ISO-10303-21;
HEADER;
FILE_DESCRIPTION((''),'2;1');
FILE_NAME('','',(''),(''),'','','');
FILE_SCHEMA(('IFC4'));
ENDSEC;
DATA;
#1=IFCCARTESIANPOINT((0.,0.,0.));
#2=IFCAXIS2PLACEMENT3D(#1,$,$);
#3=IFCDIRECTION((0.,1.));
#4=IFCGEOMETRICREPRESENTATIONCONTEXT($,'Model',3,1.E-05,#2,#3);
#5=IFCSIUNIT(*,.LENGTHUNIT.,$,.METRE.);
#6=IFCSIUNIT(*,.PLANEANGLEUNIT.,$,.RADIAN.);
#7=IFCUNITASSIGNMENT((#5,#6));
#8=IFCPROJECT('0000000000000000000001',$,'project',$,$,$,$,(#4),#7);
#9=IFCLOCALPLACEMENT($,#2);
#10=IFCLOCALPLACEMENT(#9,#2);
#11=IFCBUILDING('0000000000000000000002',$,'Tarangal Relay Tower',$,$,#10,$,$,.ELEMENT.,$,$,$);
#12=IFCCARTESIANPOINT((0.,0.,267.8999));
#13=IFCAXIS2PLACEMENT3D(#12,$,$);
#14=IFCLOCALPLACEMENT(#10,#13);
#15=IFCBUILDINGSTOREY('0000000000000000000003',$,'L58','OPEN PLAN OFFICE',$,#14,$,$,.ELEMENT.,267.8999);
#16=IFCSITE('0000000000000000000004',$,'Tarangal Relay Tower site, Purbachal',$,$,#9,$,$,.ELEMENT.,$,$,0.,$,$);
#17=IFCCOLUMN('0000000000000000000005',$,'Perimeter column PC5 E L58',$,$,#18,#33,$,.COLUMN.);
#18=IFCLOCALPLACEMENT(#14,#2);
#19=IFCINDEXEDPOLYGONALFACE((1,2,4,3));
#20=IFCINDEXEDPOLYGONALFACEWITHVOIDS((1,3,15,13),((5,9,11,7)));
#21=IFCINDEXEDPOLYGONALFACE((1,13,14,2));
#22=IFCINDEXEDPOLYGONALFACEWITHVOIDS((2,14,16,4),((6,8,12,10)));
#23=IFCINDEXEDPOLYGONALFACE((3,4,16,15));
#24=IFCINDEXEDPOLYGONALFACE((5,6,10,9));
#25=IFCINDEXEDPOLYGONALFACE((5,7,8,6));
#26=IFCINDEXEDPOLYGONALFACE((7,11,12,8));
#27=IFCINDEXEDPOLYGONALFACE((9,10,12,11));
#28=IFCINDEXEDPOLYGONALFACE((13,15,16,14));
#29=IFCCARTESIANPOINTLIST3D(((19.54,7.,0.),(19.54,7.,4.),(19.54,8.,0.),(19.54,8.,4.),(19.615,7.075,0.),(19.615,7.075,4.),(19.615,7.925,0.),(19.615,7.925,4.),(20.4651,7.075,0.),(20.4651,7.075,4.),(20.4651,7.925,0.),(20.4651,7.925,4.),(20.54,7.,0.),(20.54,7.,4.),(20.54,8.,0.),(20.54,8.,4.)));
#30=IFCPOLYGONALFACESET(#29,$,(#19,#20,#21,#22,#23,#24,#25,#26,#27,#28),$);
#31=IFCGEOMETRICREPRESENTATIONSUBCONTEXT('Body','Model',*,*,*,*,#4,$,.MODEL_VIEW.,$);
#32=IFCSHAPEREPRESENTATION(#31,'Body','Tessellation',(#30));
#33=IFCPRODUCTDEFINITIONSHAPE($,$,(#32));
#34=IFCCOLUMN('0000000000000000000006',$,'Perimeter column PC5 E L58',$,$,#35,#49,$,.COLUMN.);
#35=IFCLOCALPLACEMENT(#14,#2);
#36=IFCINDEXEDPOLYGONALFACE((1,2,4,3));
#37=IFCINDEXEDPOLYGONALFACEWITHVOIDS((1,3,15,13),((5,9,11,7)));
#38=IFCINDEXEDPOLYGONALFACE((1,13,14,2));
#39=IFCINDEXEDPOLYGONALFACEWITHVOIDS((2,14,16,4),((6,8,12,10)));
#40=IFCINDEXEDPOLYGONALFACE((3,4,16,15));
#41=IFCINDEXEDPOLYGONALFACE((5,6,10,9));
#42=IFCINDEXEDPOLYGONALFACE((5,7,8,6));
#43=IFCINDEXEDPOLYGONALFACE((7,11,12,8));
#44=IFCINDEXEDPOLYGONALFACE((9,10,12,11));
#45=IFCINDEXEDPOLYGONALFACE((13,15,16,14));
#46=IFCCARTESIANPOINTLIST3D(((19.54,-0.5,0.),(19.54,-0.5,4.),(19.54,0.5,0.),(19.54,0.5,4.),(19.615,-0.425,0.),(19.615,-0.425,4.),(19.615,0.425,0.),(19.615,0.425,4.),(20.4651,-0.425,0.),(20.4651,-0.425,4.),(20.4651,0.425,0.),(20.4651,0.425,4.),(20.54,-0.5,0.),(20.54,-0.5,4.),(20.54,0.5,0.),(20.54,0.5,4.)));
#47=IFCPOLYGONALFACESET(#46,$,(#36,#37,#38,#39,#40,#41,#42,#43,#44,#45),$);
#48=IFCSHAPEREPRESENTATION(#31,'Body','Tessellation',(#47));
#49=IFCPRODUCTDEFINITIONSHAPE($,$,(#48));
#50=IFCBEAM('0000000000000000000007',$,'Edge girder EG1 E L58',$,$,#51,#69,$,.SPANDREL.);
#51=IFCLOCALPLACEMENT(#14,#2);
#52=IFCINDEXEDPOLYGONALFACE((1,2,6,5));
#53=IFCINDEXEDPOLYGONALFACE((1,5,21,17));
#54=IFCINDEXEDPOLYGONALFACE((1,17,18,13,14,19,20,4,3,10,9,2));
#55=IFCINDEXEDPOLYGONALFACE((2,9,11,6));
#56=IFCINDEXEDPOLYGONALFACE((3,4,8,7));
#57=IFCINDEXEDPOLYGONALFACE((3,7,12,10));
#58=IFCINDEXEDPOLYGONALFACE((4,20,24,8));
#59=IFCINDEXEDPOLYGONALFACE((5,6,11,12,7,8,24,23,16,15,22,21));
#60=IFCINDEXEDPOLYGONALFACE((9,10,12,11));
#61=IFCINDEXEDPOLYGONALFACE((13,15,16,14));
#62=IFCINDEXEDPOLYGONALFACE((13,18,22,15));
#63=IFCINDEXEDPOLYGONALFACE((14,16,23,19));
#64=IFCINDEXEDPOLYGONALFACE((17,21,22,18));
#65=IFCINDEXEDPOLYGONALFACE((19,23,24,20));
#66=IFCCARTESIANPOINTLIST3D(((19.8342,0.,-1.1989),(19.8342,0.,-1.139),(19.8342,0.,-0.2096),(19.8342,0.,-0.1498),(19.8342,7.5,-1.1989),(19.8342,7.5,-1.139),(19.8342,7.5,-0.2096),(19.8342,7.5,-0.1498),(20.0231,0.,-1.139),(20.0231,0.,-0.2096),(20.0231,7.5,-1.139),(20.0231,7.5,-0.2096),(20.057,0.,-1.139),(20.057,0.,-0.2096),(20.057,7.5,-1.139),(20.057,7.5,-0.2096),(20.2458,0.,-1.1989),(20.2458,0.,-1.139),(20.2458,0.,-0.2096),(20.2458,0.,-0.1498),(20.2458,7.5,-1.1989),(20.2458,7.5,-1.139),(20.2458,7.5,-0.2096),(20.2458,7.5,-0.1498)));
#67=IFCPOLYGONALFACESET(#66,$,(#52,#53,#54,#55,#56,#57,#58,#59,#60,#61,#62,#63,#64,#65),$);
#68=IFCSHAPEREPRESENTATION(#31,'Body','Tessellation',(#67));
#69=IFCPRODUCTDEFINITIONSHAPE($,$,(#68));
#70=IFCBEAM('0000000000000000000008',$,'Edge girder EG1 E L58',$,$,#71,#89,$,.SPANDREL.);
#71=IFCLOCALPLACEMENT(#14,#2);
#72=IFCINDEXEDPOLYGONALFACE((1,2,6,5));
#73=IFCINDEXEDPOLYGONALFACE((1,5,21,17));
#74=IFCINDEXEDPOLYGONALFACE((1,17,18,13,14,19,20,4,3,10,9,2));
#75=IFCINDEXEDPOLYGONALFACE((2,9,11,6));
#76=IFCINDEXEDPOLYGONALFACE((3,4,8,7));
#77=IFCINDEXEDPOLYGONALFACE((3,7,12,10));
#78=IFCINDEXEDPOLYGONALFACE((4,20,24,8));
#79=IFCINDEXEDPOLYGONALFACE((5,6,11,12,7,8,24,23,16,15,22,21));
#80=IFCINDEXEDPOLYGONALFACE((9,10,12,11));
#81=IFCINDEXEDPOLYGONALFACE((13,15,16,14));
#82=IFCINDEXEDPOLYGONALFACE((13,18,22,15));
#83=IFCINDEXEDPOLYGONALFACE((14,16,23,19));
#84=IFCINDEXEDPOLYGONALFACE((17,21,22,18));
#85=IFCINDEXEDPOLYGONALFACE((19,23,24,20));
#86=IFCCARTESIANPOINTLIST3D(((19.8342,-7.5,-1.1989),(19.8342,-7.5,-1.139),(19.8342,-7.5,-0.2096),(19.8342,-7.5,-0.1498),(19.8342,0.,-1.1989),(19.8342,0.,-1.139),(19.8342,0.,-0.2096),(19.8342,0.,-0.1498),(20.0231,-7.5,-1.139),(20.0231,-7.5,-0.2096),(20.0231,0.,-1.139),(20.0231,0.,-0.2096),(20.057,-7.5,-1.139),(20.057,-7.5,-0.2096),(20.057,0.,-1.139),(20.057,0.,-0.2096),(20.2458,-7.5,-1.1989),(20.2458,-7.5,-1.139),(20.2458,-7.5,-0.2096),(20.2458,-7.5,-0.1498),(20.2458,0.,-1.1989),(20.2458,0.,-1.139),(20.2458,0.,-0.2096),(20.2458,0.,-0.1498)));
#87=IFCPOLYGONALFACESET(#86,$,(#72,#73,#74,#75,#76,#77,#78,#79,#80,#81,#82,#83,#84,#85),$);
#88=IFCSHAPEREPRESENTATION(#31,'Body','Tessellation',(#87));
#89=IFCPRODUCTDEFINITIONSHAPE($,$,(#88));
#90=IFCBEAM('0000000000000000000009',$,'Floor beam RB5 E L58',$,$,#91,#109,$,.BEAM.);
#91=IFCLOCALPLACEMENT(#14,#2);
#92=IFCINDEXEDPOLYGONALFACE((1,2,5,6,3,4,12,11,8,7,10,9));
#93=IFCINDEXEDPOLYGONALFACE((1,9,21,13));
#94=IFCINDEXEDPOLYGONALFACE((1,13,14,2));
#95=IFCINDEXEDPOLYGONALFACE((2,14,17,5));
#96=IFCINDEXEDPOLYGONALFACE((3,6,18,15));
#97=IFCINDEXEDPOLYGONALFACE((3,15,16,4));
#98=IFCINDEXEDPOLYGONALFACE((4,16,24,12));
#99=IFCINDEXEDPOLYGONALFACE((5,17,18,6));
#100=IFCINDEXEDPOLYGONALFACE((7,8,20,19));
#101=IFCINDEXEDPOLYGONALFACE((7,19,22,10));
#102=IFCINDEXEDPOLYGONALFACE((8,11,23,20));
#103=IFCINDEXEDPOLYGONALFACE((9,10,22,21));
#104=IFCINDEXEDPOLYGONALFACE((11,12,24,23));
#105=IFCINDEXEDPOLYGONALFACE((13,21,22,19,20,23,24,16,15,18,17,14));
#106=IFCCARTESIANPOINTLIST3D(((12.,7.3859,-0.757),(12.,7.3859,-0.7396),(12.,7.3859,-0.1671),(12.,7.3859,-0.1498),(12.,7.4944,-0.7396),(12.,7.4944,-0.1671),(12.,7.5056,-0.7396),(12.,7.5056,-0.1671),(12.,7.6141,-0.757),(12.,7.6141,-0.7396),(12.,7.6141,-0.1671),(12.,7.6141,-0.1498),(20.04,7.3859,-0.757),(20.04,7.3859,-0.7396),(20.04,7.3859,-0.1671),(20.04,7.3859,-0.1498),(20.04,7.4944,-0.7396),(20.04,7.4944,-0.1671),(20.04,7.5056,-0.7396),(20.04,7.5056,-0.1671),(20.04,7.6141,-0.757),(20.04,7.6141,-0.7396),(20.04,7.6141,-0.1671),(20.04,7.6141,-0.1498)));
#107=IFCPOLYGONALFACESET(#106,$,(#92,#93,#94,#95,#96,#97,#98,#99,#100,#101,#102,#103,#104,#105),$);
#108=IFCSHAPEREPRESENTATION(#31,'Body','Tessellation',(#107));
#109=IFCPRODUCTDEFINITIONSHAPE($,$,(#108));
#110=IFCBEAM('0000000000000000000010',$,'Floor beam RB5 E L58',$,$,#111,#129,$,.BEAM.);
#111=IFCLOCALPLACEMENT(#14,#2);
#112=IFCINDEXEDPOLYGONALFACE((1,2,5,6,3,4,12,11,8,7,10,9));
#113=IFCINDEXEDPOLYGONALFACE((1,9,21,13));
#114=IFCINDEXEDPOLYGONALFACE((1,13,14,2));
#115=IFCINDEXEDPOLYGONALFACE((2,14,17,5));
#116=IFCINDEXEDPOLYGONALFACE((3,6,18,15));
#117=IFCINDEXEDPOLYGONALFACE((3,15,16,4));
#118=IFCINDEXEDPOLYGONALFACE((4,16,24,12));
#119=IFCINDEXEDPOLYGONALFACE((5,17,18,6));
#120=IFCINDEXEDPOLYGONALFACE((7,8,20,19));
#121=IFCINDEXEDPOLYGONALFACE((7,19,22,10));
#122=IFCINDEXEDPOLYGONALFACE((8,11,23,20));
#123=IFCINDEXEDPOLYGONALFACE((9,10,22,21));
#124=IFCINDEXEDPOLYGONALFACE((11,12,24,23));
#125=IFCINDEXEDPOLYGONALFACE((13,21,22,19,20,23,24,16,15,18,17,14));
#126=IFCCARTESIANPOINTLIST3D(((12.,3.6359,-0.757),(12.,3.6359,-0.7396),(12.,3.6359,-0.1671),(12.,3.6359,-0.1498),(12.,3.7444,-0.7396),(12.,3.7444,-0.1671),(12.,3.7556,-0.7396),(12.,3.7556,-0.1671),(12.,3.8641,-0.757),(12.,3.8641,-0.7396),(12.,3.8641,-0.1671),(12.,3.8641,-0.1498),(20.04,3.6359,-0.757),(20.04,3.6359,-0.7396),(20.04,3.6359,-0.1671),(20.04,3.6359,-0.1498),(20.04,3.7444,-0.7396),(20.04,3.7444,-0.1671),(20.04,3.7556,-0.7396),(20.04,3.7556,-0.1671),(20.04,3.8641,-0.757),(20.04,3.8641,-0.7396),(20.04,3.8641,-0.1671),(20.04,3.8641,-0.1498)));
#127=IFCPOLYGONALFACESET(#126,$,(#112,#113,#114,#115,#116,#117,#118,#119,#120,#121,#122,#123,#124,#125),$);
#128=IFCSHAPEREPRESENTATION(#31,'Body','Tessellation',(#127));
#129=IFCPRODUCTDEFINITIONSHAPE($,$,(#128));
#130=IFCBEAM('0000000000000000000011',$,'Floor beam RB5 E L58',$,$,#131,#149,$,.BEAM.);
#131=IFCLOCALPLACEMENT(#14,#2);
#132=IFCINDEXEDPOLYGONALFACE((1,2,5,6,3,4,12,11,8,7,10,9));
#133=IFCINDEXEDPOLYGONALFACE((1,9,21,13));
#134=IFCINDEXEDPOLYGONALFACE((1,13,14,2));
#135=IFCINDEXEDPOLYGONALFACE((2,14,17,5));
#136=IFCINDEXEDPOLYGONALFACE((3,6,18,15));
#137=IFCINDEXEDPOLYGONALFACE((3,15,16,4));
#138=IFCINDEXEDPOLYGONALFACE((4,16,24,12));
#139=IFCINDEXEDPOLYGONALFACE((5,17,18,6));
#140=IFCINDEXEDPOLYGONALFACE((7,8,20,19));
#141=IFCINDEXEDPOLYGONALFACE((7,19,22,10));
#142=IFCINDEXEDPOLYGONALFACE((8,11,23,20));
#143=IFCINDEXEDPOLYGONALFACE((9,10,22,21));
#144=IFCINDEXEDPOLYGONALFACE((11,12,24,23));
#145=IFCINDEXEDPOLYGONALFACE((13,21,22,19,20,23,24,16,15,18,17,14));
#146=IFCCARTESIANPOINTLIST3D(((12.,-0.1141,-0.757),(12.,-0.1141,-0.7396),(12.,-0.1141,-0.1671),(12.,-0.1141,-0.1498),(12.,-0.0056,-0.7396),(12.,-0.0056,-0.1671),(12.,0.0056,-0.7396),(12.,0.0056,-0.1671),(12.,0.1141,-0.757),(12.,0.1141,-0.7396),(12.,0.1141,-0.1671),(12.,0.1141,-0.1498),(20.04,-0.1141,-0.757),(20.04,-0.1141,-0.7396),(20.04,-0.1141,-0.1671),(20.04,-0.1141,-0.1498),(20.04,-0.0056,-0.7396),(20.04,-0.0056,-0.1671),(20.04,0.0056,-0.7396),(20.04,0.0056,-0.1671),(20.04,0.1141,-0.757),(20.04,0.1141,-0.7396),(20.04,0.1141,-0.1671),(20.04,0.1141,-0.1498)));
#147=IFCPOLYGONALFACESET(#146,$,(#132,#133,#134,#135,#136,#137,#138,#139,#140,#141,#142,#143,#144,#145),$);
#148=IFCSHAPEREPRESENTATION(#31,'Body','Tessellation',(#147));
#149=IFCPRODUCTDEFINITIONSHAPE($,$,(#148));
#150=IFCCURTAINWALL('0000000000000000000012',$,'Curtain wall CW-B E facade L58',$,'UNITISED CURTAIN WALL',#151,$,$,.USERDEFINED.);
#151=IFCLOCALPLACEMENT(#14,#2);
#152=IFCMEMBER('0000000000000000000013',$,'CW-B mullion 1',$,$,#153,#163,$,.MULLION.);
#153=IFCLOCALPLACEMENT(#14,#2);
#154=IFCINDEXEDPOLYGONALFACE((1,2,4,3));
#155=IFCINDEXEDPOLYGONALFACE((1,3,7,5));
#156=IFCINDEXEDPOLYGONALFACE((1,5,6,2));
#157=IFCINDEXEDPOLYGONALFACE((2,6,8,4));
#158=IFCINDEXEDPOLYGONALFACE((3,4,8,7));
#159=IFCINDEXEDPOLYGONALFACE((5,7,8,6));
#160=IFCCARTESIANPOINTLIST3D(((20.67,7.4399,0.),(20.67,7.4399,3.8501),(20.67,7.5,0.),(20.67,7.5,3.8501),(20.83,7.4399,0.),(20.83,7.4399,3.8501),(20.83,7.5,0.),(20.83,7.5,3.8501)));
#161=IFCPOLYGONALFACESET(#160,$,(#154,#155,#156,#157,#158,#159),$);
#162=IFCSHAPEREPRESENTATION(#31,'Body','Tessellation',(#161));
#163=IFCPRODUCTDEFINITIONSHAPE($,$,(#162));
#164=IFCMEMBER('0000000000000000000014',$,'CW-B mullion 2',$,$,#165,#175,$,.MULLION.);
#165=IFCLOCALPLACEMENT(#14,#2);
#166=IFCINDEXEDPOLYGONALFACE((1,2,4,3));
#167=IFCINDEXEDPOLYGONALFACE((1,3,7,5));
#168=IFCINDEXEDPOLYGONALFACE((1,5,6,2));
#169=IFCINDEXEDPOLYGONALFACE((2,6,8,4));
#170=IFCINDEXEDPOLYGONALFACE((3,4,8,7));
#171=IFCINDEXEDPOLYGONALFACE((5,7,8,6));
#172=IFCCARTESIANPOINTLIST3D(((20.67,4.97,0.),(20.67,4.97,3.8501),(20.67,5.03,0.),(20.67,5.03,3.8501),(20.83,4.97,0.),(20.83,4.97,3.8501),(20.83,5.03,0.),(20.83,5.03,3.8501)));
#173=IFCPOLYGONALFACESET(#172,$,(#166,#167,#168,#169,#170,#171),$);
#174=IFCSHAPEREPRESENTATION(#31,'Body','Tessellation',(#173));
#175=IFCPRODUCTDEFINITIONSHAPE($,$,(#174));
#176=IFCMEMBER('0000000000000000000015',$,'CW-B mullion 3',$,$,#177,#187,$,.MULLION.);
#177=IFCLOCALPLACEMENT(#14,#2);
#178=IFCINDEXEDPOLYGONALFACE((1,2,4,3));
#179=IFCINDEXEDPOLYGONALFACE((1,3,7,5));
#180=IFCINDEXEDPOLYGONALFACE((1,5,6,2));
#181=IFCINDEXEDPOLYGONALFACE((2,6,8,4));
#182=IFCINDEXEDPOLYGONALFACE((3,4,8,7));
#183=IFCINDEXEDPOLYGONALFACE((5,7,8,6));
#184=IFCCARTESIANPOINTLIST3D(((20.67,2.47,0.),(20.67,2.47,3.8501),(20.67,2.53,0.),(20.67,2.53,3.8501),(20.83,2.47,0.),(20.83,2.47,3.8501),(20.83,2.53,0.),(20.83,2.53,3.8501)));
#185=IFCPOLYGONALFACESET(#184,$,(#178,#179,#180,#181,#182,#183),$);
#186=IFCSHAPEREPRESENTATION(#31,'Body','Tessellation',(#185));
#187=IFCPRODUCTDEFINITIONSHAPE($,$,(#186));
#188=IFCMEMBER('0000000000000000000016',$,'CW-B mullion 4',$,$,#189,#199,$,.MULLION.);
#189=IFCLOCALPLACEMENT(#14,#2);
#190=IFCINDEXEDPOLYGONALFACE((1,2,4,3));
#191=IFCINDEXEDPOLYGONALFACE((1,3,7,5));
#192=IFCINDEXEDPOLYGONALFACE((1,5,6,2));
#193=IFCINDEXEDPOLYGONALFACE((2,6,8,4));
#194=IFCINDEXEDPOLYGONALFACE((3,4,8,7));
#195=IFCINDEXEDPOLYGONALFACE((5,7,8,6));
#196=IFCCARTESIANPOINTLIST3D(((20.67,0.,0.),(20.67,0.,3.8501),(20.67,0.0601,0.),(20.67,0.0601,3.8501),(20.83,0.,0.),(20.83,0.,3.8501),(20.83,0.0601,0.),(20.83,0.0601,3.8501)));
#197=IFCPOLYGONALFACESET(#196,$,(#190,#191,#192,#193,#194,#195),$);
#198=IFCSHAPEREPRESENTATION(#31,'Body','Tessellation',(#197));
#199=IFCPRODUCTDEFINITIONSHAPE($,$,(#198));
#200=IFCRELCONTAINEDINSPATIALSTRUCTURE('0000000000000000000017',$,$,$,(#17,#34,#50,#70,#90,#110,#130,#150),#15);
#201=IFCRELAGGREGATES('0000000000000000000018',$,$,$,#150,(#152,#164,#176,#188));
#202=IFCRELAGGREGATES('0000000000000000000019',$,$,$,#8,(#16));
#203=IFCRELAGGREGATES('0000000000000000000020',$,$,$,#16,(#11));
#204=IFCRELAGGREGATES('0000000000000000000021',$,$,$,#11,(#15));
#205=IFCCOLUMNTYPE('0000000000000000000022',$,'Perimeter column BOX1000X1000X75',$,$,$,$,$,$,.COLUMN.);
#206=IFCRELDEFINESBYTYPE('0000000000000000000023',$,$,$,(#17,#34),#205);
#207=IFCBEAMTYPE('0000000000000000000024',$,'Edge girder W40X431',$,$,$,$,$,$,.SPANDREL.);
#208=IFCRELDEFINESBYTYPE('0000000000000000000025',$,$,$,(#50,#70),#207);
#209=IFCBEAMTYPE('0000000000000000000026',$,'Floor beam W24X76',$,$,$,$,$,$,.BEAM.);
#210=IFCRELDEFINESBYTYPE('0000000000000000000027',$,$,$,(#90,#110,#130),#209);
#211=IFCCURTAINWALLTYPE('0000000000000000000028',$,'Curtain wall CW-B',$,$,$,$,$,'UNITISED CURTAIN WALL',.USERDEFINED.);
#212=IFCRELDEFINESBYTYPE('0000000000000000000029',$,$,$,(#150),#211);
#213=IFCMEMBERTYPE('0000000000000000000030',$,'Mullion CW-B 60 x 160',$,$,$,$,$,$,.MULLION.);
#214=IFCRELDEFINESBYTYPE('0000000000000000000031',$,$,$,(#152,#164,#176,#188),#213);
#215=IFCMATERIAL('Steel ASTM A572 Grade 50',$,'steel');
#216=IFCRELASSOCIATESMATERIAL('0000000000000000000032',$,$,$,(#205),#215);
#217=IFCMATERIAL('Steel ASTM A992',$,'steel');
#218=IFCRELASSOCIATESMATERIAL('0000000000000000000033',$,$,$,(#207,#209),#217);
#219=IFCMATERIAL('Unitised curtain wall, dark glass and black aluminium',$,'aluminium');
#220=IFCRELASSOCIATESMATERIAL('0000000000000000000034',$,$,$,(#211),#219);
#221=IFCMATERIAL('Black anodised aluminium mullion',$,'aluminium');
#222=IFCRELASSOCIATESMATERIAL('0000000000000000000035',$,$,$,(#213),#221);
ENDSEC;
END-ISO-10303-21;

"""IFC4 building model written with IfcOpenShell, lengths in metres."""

from ifc_helpers import new_model, si_unit, direction, frame, origin, origin_2d, place, context, subcontext, project, spatial, rectangle, hollow_rectangle, i_section, extrude, material, material_profile, profile_set, type_object, element, aggregate, save


model = new_model("IFC4")

# Units and contexts
model_context = context("Model", 3, precision=1e-05, world=origin(), true_north=direction((0.0, 1.0)))
body_context = subcontext(model_context, "Body", "Model", "MODEL_VIEW")
ifc_project = project(units=[si_unit("LENGTHUNIT", "METRE"), si_unit("PLANEANGLEUNIT", "RADIAN")], contexts=[model_context])

# Site, building, storey
site_placement = place(None, origin())
site = spatial("IfcSite", under=ifc_project, at=site_placement, Name="Tarangal Relay Tower site, Purbachal", CompositionType="ELEMENT", RefElevation=0.0)
building_placement = place(site_placement, origin())
building = spatial("IfcBuilding", under=site, at=building_placement, Name="Tarangal Relay Tower", CompositionType="ELEMENT")
storey_placement = place(building_placement, frame((0.0, 0.0, 267.8999)))
storey = spatial("IfcBuildingStorey", under=building, at=storey_placement, Name="L58", Description="OPEN PLAN OFFICE", CompositionType="ELEMENT", Elevation=267.8999)

# Columns
ifc_material_1 = material(Name="Steel ASTM A572 Grade 50", Category="steel")
ifc_material_profile_1 = material_profile(ifc_material_1, hollow_rectangle(XDim=1.0, YDim=1.0, WallThickness=0.075, at=origin_2d()), Name="BOX1000X1000X75")
ifc_profile_set_1 = profile_set([ifc_material_profile_1], Name="Steel ASTM A572 Grade 50")
column_type = type_object("IfcColumnType", Name="Perimeter column BOX1000X1000X75", PredefinedType="COLUMN", material=ifc_profile_set_1)
for number, where, z_axis, x_axis, name in (
    (1, (20.04, 7.5, 0.0), (0.0, 0.0, 1.0), (1.0, 0.0, 0.0), "Perimeter column PC5 E L58"),
    (2, (20.04, 0.0, 0.0), (0.0, 0.0, 1.0), (1.0, 0.0, 0.0), "Perimeter column PC5 E L58"),
):
    element("IfcColumn", number, at=place(storey_placement, frame(where, z_axis=z_axis, x_axis=x_axis)), inside=storey, type_object=column_type, Name=name, PredefinedType="COLUMN", context=body_context, shape_type="SweptSolid", body=[
        extrude(hollow_rectangle(XDim=1.0, YDim=1.0, WallThickness=0.075, at=origin_2d()), origin(), (0.0, 0.0, 1.0), 4.0),
    ])

# Beams
ifc_material_2 = material(Name="Steel ASTM A992", Category="steel")
ifc_material_profile_2 = material_profile(ifc_material_2, i_section(OverallWidth=0.4116, OverallDepth=1.0491, WebThickness=0.0339, FlangeThickness=0.0598, at=origin_2d()), Name="W40X431")
ifc_profile_set_2 = profile_set([ifc_material_profile_2], Name="Steel ASTM A992")
beam_type_1 = type_object("IfcBeamType", Name="Edge girder W40X431", PredefinedType="SPANDREL", material=ifc_profile_set_2)
for number, where, z_axis, x_axis, name in (
    (3, (20.04, 7.5, -0.6743), (0.0, -1.0, 0.0), (1.0, 0.0, 0.0), "Edge girder EG1 E L58"),
    (4, (20.04, 0.0, -0.6743), (0.0, -1.0, 0.0), (1.0, 0.0, 0.0), "Edge girder EG1 E L58"),
):
    element("IfcBeam", number, at=place(storey_placement, frame(where, z_axis=z_axis, x_axis=x_axis)), inside=storey, type_object=beam_type_1, Name=name, PredefinedType="SPANDREL", context=body_context, shape_type="SweptSolid", body=[
        extrude(i_section(OverallWidth=0.4116, OverallDepth=1.0491, WebThickness=0.0339, FlangeThickness=0.0598, at=origin_2d()), origin(), (0.0, 0.0, 1.0), 7.5),
    ])
ifc_material_profile_3 = material_profile(ifc_material_2, i_section(OverallWidth=0.2283, OverallDepth=0.6072, WebThickness=0.0112, FlangeThickness=0.0173, at=origin_2d()), Name="W24X76")
ifc_profile_set_3 = profile_set([ifc_material_profile_3], Name="Steel ASTM A992")
beam_type_2 = type_object("IfcBeamType", Name="Floor beam W24X76", PredefinedType="BEAM", material=ifc_profile_set_3)
for number, where, z_axis, x_axis, name in (
    (5, (12.0, 7.5, -0.4534), (1.0, 0.0, 0.0), (0.0, 1.0, 0.0), "Floor beam RB5 E L58"),
    (6, (12.0, 3.75, -0.4534), (1.0, 0.0, 0.0), (0.0, 1.0, 0.0), "Floor beam RB5 E L58"),
    (7, (12.0, 0.0, -0.4534), (1.0, 0.0, 0.0), (0.0, 1.0, 0.0), "Floor beam RB5 E L58"),
):
    element("IfcBeam", number, at=place(storey_placement, frame(where, z_axis=z_axis, x_axis=x_axis)), inside=storey, type_object=beam_type_2, Name=name, PredefinedType="BEAM", context=body_context, shape_type="SweptSolid", body=[
        extrude(i_section(OverallWidth=0.2283, OverallDepth=0.6072, WebThickness=0.0112, FlangeThickness=0.0173, at=origin_2d()), origin(), (0.0, 0.0, 1.0), 8.04),
    ])

# Curtain wall, members
ifc_material_3 = material(Name="Unitised curtain wall, dark glass and black aluminium", Category="aluminium")
curtain_wall_type_1 = type_object("IfcCurtainWallType", Name="Curtain wall CW-B", ElementType="UNITISED CURTAIN WALL", PredefinedType="USERDEFINED", material=ifc_material_3)
curtain_wall_1_placement = place(storey_placement, origin())
curtain_wall_1 = element("IfcCurtainWall", 8, at=curtain_wall_1_placement, inside=storey, type_object=curtain_wall_type_1, Name="Curtain wall CW-B E facade L58", ObjectType="UNITISED CURTAIN WALL", PredefinedType="USERDEFINED")
ifc_material_4 = material(Name="Black anodised aluminium mullion", Category="aluminium")
ifc_material_profile_4 = material_profile(ifc_material_4, rectangle(XDim=0.1599, YDim=0.0601, at=origin_2d()), Name="CW-BM 60X160")
ifc_profile_set_4 = profile_set([ifc_material_profile_4], Name="Black anodised aluminium mullion")
member_type_1 = type_object("IfcMemberType", Name="Mullion CW-B 60 x 160", PredefinedType="MULLION", material=ifc_profile_set_4)
member_1_placement = place(storey_placement, frame((20.75, 7.47, 0.0), z_axis=(0.0, 0.0, 1.0), x_axis=(1.0, 0.0, 0.0)))
member_1 = element("IfcMember", 9, at=member_1_placement, type_object=member_type_1, Name="CW-B mullion 1", PredefinedType="MULLION", context=body_context, shape_type="SweptSolid", body=[
    extrude(rectangle(XDim=0.1599, YDim=0.0601, at=origin_2d()), origin(), (0.0, 0.0, 1.0), 3.8501),
])
member_2_placement = place(storey_placement, frame((20.75, 5.0, 0.0), z_axis=(0.0, 0.0, 1.0), x_axis=(1.0, 0.0, 0.0)))
member_2 = element("IfcMember", 10, at=member_2_placement, type_object=member_type_1, Name="CW-B mullion 2", PredefinedType="MULLION", context=body_context, shape_type="SweptSolid", body=[
    extrude(rectangle(XDim=0.1599, YDim=0.0601, at=origin_2d()), origin(), (0.0, 0.0, 1.0), 3.8501),
])
member_3_placement = place(storey_placement, frame((20.75, 2.5, 0.0), z_axis=(0.0, 0.0, 1.0), x_axis=(1.0, 0.0, 0.0)))
member_3 = element("IfcMember", 11, at=member_3_placement, type_object=member_type_1, Name="CW-B mullion 3", PredefinedType="MULLION", context=body_context, shape_type="SweptSolid", body=[
    extrude(rectangle(XDim=0.1599, YDim=0.0601, at=origin_2d()), origin(), (0.0, 0.0, 1.0), 3.8501),
])
member_4_placement = place(storey_placement, frame((20.75, 0.03, 0.0), z_axis=(0.0, 0.0, 1.0), x_axis=(1.0, 0.0, 0.0)))
member_4 = element("IfcMember", 12, at=member_4_placement, type_object=member_type_1, Name="CW-B mullion 4", PredefinedType="MULLION", context=body_context, shape_type="SweptSolid", body=[
    extrude(rectangle(XDim=0.1599, YDim=0.0601, at=origin_2d()), origin(), (0.0, 0.0, 1.0), 3.8501),
])

aggregate(curtain_wall_1, [member_1, member_2, member_3, member_4])

save(model, "model.ifc")
